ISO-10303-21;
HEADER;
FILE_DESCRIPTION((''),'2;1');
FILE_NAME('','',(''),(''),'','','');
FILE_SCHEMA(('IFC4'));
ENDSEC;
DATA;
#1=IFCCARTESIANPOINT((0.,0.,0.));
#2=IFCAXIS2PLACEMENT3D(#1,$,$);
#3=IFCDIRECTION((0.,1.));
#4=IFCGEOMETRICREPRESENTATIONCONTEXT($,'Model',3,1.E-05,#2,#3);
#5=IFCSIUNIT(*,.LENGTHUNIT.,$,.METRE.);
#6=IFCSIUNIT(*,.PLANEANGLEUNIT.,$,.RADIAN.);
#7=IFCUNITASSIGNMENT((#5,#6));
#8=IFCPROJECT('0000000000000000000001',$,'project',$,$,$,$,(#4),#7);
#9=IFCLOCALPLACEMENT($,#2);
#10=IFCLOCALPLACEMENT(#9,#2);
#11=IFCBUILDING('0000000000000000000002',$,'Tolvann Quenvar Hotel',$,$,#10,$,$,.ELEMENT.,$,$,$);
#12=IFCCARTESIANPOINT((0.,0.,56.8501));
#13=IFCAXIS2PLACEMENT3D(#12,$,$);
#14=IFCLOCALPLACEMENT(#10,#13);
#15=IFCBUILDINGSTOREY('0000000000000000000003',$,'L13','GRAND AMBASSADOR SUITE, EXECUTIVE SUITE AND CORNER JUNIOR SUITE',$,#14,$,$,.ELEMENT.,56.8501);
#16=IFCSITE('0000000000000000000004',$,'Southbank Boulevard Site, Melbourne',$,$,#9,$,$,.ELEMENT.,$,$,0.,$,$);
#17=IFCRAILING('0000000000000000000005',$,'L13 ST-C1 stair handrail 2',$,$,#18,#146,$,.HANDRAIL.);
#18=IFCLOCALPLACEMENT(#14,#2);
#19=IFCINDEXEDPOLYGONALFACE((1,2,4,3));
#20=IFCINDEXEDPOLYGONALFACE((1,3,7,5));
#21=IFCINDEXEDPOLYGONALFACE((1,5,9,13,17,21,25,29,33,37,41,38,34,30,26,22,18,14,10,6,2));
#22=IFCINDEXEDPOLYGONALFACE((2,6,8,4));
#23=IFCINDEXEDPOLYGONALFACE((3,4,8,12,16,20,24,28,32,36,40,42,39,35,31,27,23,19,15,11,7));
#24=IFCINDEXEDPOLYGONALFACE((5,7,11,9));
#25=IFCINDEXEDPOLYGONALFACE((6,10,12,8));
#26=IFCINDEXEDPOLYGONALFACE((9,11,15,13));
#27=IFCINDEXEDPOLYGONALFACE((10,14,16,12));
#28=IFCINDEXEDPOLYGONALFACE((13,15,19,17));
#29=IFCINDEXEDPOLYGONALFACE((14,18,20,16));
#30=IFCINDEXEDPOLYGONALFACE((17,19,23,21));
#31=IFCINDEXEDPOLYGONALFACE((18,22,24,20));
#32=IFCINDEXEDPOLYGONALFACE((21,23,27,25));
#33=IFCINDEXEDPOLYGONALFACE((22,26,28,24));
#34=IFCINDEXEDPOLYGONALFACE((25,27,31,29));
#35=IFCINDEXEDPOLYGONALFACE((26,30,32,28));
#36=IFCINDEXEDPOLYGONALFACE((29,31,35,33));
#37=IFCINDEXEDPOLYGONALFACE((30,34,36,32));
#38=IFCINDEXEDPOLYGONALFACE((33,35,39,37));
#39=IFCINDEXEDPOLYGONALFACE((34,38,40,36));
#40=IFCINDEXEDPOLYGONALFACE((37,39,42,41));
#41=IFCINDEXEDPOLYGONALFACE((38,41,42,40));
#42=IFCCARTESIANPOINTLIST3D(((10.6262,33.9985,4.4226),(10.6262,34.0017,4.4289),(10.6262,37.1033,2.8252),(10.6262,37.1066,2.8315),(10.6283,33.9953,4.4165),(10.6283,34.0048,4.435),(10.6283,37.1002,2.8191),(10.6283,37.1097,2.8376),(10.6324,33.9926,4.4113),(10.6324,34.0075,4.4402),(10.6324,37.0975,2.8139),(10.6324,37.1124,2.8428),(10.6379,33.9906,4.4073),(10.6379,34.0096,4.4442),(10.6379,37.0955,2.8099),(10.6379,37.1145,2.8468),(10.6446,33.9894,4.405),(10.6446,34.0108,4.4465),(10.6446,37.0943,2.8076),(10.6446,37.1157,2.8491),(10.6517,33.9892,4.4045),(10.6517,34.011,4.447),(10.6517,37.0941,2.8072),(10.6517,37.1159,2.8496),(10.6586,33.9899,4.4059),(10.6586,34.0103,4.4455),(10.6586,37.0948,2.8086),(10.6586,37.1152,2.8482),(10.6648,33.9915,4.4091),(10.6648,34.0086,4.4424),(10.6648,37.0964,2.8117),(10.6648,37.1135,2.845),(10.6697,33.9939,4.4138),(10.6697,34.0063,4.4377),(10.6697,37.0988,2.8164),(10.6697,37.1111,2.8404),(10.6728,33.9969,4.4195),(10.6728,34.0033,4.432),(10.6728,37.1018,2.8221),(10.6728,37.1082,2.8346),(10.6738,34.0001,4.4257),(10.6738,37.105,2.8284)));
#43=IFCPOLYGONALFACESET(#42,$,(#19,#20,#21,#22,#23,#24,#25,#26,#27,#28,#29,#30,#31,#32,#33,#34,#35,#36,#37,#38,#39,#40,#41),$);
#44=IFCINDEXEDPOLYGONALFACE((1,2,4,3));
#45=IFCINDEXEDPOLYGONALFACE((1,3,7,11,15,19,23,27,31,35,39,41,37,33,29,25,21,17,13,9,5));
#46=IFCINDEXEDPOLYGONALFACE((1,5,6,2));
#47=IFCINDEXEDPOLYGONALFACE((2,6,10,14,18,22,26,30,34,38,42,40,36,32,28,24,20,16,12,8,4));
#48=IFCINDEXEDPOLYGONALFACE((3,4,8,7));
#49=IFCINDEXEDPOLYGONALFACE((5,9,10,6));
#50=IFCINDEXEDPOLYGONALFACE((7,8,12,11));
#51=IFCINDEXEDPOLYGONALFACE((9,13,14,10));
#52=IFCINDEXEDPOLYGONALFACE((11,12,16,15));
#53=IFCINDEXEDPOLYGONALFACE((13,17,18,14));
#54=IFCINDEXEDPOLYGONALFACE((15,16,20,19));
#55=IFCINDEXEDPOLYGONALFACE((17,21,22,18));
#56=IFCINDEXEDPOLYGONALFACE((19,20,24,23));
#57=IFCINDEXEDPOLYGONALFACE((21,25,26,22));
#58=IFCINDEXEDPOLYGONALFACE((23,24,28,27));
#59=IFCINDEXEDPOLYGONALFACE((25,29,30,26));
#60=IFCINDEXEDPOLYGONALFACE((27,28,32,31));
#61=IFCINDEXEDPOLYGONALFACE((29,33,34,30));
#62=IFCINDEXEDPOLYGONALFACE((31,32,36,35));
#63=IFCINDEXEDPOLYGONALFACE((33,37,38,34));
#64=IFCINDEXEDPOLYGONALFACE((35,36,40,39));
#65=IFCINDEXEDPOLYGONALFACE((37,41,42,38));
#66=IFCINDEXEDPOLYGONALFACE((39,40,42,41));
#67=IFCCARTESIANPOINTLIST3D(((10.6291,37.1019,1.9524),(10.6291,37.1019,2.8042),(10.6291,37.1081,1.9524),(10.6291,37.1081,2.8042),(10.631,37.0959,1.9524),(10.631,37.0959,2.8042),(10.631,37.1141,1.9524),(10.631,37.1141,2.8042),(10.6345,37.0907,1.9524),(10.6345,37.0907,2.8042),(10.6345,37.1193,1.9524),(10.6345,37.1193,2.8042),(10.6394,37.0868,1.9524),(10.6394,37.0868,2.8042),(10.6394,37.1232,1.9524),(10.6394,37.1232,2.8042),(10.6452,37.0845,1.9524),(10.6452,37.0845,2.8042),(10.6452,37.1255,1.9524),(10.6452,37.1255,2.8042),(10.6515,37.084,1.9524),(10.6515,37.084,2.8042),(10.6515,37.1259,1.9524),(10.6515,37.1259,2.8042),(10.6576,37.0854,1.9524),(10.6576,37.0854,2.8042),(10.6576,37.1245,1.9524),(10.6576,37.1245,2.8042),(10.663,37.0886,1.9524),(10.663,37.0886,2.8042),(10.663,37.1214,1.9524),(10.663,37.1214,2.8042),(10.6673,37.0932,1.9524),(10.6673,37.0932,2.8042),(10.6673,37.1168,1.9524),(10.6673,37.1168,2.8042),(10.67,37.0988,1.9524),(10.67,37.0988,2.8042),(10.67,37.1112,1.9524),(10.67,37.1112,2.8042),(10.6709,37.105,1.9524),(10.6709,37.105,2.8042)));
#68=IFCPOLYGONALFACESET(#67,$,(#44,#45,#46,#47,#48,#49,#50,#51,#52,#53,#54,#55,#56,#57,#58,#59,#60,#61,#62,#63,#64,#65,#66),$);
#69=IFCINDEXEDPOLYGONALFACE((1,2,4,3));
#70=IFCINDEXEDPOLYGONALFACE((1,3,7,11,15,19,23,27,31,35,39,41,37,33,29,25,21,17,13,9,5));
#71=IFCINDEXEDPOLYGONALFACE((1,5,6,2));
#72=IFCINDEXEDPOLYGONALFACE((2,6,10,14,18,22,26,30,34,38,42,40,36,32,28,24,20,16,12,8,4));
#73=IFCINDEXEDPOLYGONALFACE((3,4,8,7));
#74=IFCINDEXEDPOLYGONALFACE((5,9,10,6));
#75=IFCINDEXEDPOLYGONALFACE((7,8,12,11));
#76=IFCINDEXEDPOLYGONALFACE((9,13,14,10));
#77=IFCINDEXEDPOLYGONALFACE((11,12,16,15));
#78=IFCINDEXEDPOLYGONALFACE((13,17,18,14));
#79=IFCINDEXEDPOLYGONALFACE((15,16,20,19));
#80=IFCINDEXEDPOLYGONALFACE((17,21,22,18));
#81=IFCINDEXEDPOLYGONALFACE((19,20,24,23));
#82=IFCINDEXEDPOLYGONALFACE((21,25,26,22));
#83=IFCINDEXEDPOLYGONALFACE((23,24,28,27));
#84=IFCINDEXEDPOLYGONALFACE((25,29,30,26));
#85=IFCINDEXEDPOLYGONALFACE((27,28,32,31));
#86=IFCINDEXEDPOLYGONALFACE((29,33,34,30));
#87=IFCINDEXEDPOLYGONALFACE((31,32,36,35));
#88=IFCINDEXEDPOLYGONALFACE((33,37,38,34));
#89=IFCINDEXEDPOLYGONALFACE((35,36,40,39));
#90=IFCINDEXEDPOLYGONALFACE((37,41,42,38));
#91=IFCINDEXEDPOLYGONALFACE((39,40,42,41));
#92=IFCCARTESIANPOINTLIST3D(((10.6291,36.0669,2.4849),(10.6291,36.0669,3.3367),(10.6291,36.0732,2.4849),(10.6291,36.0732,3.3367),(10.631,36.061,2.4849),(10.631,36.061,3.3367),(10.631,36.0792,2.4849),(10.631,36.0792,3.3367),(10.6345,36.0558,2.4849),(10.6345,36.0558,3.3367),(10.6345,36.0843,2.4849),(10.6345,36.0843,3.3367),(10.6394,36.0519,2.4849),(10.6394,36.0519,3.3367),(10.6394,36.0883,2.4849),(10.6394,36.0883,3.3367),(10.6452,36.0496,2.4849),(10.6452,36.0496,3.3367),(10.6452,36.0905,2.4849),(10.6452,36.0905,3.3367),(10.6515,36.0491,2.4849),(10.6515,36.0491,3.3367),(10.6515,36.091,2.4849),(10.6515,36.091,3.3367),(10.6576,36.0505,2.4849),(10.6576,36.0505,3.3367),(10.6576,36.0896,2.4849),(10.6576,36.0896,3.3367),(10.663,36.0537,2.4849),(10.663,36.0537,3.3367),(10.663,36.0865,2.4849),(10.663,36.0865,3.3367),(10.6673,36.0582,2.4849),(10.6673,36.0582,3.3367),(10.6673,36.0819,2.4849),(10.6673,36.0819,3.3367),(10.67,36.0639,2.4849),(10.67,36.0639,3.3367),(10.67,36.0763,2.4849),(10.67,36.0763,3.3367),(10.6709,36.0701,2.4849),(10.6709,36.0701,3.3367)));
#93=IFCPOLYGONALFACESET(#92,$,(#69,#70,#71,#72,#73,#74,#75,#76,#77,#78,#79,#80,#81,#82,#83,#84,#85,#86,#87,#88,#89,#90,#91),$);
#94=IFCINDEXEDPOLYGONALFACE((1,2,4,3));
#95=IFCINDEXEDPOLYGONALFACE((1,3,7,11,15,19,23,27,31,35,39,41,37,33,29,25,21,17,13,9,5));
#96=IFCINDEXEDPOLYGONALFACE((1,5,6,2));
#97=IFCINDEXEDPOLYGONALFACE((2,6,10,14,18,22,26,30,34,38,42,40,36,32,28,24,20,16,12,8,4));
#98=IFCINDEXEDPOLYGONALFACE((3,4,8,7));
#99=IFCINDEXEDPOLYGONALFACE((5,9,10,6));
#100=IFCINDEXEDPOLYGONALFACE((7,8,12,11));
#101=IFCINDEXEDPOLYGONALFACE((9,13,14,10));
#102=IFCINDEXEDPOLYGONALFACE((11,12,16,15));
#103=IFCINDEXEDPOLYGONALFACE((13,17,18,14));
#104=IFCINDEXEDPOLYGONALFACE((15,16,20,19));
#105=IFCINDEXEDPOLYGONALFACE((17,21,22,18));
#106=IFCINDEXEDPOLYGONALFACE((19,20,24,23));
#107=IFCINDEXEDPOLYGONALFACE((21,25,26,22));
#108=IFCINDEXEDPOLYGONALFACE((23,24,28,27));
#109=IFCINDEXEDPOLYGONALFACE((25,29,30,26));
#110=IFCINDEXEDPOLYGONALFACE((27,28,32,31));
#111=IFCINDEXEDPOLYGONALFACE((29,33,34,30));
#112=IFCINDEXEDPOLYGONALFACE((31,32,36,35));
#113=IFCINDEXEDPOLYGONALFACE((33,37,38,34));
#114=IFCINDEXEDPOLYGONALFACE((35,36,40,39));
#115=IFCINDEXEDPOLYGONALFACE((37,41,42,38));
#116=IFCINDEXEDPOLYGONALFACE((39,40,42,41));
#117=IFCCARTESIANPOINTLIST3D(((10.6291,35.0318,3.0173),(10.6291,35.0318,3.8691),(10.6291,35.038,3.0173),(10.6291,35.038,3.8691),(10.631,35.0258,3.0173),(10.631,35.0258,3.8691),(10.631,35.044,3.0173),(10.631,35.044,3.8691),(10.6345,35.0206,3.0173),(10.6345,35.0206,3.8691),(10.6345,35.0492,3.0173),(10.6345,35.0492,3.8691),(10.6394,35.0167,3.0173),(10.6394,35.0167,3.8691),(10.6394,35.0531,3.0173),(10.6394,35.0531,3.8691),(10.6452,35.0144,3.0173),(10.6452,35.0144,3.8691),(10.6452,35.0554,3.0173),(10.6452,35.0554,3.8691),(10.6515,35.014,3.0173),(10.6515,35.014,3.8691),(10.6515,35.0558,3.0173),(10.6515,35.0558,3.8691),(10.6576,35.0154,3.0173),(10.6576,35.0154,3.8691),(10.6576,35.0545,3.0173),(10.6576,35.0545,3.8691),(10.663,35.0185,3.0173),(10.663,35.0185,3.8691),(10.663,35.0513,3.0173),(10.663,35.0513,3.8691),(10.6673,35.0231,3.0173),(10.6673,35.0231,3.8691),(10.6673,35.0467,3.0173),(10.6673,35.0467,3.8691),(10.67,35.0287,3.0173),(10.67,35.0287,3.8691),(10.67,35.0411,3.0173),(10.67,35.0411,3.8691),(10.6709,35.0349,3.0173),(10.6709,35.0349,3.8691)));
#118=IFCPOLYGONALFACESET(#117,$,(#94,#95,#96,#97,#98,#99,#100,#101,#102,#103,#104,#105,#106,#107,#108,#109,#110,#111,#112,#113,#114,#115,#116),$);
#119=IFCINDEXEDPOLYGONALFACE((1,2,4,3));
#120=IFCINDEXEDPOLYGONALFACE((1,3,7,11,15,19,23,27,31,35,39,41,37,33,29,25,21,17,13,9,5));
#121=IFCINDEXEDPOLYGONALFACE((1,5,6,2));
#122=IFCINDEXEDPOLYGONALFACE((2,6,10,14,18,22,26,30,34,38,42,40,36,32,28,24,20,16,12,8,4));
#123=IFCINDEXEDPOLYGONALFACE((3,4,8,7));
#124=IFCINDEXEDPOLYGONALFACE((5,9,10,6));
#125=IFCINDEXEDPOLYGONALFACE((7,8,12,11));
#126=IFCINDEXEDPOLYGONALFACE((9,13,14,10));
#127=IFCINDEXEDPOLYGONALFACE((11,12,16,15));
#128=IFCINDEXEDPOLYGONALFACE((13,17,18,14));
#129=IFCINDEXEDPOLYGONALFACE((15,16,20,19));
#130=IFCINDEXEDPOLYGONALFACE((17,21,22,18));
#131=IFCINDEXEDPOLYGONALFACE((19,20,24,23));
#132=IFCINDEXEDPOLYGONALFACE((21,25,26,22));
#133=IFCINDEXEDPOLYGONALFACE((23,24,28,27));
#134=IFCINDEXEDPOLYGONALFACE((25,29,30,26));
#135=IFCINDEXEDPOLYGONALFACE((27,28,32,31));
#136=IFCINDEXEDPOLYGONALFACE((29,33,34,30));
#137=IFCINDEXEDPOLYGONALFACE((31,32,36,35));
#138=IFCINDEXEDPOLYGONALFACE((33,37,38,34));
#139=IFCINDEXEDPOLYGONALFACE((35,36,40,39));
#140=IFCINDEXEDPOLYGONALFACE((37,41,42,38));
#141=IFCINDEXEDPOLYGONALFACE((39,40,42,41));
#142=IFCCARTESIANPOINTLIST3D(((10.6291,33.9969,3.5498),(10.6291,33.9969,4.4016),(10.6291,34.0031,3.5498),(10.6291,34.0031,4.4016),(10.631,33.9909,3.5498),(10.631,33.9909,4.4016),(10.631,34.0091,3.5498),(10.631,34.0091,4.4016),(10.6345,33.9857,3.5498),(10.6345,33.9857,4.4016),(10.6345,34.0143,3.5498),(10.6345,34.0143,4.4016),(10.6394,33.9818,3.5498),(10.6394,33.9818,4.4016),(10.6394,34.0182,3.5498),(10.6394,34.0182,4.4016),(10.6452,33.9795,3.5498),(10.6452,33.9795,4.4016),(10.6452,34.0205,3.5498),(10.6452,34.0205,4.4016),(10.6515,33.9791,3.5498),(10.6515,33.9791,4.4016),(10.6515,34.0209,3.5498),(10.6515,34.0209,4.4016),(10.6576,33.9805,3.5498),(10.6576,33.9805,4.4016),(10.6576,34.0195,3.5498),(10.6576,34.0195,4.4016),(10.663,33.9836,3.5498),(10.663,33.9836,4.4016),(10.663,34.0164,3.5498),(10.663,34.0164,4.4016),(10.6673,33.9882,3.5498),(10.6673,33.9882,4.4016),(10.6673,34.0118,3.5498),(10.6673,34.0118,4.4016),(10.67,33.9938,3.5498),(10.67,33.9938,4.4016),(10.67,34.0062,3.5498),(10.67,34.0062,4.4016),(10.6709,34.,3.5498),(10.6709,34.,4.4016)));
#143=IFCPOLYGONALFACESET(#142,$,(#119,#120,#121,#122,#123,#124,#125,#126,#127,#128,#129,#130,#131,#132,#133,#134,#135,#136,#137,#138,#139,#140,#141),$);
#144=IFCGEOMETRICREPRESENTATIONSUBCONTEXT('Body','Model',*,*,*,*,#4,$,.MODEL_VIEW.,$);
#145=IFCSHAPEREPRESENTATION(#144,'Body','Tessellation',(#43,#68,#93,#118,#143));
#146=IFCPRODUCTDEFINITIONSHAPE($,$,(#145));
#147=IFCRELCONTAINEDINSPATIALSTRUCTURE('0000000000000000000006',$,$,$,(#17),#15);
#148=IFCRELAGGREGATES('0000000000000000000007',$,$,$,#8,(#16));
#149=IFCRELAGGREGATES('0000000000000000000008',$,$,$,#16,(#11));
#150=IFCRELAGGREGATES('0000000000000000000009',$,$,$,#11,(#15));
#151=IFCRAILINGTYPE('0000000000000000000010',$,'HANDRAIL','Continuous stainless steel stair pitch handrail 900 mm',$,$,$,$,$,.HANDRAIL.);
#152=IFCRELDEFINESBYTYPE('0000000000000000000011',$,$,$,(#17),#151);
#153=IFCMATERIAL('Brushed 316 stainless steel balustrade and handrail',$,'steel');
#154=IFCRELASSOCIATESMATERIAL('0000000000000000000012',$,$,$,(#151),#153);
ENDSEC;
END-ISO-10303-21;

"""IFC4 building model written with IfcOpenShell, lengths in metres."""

from ifc_helpers import new_model, si_unit, direction, frame, origin, origin_2d, place, context, subcontext, project, spatial, circle, extrude, material, type_object, element, save


model = new_model("IFC4")

# Units and contexts
model_context = context("Model", 3, precision=1e-05, world=origin(), true_north=direction((0.0, 1.0)))
body_context = subcontext(model_context, "Body", "Model", "MODEL_VIEW")
ifc_project = project(units=[si_unit("LENGTHUNIT", "METRE"), si_unit("PLANEANGLEUNIT", "RADIAN")], contexts=[model_context])

# Site, building, storey
site_placement = place(None, origin())
site = spatial("IfcSite", under=ifc_project, at=site_placement, Name="Southbank Boulevard Site, Melbourne", CompositionType="ELEMENT", RefElevation=0.0)
building_placement = place(site_placement, origin())
building = spatial("IfcBuilding", under=site, at=building_placement, Name="Tolvann Quenvar Hotel", CompositionType="ELEMENT")
storey_placement = place(building_placement, frame((0.0, 0.0, 56.8501)))
storey = spatial("IfcBuildingStorey", under=building, at=storey_placement, Name="L13", Description="GRAND AMBASSADOR SUITE, EXECUTIVE SUITE AND CORNER JUNIOR SUITE", CompositionType="ELEMENT", Elevation=56.8501)

# Railing
ifc_material_1 = material(Name="Brushed 316 stainless steel balustrade and handrail", Category="steel")
railing_type_1 = type_object("IfcRailingType", Name="HANDRAIL", Description="Continuous stainless steel stair pitch handrail 900 mm", PredefinedType="HANDRAIL", material=ifc_material_1)
railing_1_placement = place(storey_placement, frame((10.6499, 37.105, 1.9524)))
element("IfcRailing", 1, at=railing_1_placement, inside=storey, type_object=railing_type_1, Name="L13 ST-C1 stair handrail 2", PredefinedType="HANDRAIL", context=body_context, shape_type="SweptSolid", body=[
    extrude(circle(Radius=0.0239, at=origin_2d()), frame((0.0, 0.0, 0.876), z_axis=(0.0, -0.889222, 0.457476), x_axis=(1.0, 0.0, 0.0)), (0.0, 0.0, 1.0), 3.4917),
    extrude(circle(Radius=0.021, at=origin_2d()), origin(), (0.0, 0.0, 1.0), 0.8518),
    extrude(circle(Radius=0.021, at=origin_2d()), frame((0.0, -1.0349, 0.5325)), (0.0, 0.0, 1.0), 0.8518),
    extrude(circle(Radius=0.021, at=origin_2d()), frame((0.0, -2.0701, 1.0649)), (0.0, 0.0, 1.0), 0.8518),
    extrude(circle(Radius=0.021, at=origin_2d()), frame((0.0, -3.105, 1.5974)), (0.0, 0.0, 1.0), 0.8518),
])

save(model, "model.ifc")
